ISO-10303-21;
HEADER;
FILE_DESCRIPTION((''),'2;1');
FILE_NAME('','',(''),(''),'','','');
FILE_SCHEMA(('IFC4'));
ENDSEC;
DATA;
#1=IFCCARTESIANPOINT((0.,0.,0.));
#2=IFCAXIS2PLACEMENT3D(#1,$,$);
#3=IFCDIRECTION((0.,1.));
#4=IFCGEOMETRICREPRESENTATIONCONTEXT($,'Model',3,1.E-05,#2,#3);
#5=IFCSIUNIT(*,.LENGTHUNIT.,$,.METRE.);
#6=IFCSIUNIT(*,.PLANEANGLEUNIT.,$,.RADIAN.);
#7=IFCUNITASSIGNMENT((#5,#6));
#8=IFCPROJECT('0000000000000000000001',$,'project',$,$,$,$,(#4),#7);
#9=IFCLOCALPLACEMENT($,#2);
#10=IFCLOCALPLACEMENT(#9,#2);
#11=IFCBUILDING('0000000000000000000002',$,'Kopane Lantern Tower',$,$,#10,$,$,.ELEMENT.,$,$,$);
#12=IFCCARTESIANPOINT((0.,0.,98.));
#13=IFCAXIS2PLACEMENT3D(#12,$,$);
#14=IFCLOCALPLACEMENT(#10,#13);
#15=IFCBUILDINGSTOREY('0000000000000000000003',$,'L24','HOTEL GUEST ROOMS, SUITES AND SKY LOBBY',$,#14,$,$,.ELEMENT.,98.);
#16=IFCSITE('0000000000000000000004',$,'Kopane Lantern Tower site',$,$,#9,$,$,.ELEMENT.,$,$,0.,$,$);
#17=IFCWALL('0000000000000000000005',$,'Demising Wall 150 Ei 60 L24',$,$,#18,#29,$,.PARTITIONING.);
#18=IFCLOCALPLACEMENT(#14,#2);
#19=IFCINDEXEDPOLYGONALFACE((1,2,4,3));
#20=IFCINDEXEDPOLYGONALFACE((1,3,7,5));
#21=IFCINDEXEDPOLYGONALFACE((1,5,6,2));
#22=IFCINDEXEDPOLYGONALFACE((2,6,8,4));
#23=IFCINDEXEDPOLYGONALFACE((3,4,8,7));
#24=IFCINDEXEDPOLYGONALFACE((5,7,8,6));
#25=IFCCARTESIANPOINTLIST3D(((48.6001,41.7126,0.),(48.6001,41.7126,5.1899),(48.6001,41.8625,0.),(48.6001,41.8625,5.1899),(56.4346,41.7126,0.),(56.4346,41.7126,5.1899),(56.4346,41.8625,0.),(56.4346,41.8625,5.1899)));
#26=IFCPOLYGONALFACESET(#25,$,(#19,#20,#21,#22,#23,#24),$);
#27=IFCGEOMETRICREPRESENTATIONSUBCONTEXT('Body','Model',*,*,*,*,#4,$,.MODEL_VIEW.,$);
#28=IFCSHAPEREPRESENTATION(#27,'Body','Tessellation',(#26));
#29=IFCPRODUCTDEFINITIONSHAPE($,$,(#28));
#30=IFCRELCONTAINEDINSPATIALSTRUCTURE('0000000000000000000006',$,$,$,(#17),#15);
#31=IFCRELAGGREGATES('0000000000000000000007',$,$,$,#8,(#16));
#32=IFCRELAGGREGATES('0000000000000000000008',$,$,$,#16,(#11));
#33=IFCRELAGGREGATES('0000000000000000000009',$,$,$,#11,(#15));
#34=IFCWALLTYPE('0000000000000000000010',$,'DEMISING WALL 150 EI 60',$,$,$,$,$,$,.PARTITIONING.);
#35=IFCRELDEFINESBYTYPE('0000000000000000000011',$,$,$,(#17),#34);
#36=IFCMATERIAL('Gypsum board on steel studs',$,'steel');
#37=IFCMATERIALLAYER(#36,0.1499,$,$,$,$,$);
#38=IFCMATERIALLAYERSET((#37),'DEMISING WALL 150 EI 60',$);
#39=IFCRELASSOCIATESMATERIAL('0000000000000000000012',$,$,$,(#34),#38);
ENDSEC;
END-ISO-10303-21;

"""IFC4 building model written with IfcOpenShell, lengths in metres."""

from ifc_helpers import new_model, si_unit, direction, frame, frame_2d, origin, place, context, subcontext, project, spatial, rectangle, extrude, material, layer, layer_set, type_object, element, save


model = new_model("IFC4")

# Units and contexts
model_context = context("Model", 3, precision=1e-05, world=origin(), true_north=direction((0.0, 1.0)))
body_context = subcontext(model_context, "Body", "Model", "MODEL_VIEW")
ifc_project = project(units=[si_unit("LENGTHUNIT", "METRE"), si_unit("PLANEANGLEUNIT", "RADIAN")], contexts=[model_context])

# Site, building, storey
site_placement = place(None, origin())
site = spatial("IfcSite", under=ifc_project, at=site_placement, Name="Kopane Lantern Tower site", CompositionType="ELEMENT", RefElevation=0.0)
building_placement = place(site_placement, origin())
building = spatial("IfcBuilding", under=site, at=building_placement, Name="Kopane Lantern Tower", CompositionType="ELEMENT")
storey_placement = place(building_placement, frame((0.0, 0.0, 98.0)))
storey = spatial("IfcBuildingStorey", under=building, at=storey_placement, Name="L24", Description="HOTEL GUEST ROOMS, SUITES AND SKY LOBBY", CompositionType="ELEMENT", Elevation=98.0)

# Wall
ifc_material_1 = material(Name="Gypsum board on steel studs", Category="steel")
ifc_layer_1 = layer(ifc_material_1, 0.1499)
ifc_layer_set_1 = layer_set([ifc_layer_1], Name="DEMISING WALL 150 EI 60")
wall_type_1 = type_object("IfcWallType", Name="DEMISING WALL 150 EI 60", PredefinedType="PARTITIONING", material=ifc_layer_set_1)
wall_1_placement = place(storey_placement, frame((48.6001, 41.7876, 0.0), z_axis=(0.0, 0.0, 1.0), x_axis=(1.0, 0.0, 0.0)))
element("IfcWall", 1, at=wall_1_placement, inside=storey, type_object=wall_type_1, Name="Demising Wall 150 Ei 60 L24", PredefinedType="PARTITIONING", context=body_context, shape_type="SweptSolid", body=[
    extrude(rectangle(XDim=7.8345, YDim=0.1499, at=frame_2d((3.9172, 0.0))), origin(), (0.0, 0.0, 1.0), 5.1899),
])

save(model, "model.ifc")
